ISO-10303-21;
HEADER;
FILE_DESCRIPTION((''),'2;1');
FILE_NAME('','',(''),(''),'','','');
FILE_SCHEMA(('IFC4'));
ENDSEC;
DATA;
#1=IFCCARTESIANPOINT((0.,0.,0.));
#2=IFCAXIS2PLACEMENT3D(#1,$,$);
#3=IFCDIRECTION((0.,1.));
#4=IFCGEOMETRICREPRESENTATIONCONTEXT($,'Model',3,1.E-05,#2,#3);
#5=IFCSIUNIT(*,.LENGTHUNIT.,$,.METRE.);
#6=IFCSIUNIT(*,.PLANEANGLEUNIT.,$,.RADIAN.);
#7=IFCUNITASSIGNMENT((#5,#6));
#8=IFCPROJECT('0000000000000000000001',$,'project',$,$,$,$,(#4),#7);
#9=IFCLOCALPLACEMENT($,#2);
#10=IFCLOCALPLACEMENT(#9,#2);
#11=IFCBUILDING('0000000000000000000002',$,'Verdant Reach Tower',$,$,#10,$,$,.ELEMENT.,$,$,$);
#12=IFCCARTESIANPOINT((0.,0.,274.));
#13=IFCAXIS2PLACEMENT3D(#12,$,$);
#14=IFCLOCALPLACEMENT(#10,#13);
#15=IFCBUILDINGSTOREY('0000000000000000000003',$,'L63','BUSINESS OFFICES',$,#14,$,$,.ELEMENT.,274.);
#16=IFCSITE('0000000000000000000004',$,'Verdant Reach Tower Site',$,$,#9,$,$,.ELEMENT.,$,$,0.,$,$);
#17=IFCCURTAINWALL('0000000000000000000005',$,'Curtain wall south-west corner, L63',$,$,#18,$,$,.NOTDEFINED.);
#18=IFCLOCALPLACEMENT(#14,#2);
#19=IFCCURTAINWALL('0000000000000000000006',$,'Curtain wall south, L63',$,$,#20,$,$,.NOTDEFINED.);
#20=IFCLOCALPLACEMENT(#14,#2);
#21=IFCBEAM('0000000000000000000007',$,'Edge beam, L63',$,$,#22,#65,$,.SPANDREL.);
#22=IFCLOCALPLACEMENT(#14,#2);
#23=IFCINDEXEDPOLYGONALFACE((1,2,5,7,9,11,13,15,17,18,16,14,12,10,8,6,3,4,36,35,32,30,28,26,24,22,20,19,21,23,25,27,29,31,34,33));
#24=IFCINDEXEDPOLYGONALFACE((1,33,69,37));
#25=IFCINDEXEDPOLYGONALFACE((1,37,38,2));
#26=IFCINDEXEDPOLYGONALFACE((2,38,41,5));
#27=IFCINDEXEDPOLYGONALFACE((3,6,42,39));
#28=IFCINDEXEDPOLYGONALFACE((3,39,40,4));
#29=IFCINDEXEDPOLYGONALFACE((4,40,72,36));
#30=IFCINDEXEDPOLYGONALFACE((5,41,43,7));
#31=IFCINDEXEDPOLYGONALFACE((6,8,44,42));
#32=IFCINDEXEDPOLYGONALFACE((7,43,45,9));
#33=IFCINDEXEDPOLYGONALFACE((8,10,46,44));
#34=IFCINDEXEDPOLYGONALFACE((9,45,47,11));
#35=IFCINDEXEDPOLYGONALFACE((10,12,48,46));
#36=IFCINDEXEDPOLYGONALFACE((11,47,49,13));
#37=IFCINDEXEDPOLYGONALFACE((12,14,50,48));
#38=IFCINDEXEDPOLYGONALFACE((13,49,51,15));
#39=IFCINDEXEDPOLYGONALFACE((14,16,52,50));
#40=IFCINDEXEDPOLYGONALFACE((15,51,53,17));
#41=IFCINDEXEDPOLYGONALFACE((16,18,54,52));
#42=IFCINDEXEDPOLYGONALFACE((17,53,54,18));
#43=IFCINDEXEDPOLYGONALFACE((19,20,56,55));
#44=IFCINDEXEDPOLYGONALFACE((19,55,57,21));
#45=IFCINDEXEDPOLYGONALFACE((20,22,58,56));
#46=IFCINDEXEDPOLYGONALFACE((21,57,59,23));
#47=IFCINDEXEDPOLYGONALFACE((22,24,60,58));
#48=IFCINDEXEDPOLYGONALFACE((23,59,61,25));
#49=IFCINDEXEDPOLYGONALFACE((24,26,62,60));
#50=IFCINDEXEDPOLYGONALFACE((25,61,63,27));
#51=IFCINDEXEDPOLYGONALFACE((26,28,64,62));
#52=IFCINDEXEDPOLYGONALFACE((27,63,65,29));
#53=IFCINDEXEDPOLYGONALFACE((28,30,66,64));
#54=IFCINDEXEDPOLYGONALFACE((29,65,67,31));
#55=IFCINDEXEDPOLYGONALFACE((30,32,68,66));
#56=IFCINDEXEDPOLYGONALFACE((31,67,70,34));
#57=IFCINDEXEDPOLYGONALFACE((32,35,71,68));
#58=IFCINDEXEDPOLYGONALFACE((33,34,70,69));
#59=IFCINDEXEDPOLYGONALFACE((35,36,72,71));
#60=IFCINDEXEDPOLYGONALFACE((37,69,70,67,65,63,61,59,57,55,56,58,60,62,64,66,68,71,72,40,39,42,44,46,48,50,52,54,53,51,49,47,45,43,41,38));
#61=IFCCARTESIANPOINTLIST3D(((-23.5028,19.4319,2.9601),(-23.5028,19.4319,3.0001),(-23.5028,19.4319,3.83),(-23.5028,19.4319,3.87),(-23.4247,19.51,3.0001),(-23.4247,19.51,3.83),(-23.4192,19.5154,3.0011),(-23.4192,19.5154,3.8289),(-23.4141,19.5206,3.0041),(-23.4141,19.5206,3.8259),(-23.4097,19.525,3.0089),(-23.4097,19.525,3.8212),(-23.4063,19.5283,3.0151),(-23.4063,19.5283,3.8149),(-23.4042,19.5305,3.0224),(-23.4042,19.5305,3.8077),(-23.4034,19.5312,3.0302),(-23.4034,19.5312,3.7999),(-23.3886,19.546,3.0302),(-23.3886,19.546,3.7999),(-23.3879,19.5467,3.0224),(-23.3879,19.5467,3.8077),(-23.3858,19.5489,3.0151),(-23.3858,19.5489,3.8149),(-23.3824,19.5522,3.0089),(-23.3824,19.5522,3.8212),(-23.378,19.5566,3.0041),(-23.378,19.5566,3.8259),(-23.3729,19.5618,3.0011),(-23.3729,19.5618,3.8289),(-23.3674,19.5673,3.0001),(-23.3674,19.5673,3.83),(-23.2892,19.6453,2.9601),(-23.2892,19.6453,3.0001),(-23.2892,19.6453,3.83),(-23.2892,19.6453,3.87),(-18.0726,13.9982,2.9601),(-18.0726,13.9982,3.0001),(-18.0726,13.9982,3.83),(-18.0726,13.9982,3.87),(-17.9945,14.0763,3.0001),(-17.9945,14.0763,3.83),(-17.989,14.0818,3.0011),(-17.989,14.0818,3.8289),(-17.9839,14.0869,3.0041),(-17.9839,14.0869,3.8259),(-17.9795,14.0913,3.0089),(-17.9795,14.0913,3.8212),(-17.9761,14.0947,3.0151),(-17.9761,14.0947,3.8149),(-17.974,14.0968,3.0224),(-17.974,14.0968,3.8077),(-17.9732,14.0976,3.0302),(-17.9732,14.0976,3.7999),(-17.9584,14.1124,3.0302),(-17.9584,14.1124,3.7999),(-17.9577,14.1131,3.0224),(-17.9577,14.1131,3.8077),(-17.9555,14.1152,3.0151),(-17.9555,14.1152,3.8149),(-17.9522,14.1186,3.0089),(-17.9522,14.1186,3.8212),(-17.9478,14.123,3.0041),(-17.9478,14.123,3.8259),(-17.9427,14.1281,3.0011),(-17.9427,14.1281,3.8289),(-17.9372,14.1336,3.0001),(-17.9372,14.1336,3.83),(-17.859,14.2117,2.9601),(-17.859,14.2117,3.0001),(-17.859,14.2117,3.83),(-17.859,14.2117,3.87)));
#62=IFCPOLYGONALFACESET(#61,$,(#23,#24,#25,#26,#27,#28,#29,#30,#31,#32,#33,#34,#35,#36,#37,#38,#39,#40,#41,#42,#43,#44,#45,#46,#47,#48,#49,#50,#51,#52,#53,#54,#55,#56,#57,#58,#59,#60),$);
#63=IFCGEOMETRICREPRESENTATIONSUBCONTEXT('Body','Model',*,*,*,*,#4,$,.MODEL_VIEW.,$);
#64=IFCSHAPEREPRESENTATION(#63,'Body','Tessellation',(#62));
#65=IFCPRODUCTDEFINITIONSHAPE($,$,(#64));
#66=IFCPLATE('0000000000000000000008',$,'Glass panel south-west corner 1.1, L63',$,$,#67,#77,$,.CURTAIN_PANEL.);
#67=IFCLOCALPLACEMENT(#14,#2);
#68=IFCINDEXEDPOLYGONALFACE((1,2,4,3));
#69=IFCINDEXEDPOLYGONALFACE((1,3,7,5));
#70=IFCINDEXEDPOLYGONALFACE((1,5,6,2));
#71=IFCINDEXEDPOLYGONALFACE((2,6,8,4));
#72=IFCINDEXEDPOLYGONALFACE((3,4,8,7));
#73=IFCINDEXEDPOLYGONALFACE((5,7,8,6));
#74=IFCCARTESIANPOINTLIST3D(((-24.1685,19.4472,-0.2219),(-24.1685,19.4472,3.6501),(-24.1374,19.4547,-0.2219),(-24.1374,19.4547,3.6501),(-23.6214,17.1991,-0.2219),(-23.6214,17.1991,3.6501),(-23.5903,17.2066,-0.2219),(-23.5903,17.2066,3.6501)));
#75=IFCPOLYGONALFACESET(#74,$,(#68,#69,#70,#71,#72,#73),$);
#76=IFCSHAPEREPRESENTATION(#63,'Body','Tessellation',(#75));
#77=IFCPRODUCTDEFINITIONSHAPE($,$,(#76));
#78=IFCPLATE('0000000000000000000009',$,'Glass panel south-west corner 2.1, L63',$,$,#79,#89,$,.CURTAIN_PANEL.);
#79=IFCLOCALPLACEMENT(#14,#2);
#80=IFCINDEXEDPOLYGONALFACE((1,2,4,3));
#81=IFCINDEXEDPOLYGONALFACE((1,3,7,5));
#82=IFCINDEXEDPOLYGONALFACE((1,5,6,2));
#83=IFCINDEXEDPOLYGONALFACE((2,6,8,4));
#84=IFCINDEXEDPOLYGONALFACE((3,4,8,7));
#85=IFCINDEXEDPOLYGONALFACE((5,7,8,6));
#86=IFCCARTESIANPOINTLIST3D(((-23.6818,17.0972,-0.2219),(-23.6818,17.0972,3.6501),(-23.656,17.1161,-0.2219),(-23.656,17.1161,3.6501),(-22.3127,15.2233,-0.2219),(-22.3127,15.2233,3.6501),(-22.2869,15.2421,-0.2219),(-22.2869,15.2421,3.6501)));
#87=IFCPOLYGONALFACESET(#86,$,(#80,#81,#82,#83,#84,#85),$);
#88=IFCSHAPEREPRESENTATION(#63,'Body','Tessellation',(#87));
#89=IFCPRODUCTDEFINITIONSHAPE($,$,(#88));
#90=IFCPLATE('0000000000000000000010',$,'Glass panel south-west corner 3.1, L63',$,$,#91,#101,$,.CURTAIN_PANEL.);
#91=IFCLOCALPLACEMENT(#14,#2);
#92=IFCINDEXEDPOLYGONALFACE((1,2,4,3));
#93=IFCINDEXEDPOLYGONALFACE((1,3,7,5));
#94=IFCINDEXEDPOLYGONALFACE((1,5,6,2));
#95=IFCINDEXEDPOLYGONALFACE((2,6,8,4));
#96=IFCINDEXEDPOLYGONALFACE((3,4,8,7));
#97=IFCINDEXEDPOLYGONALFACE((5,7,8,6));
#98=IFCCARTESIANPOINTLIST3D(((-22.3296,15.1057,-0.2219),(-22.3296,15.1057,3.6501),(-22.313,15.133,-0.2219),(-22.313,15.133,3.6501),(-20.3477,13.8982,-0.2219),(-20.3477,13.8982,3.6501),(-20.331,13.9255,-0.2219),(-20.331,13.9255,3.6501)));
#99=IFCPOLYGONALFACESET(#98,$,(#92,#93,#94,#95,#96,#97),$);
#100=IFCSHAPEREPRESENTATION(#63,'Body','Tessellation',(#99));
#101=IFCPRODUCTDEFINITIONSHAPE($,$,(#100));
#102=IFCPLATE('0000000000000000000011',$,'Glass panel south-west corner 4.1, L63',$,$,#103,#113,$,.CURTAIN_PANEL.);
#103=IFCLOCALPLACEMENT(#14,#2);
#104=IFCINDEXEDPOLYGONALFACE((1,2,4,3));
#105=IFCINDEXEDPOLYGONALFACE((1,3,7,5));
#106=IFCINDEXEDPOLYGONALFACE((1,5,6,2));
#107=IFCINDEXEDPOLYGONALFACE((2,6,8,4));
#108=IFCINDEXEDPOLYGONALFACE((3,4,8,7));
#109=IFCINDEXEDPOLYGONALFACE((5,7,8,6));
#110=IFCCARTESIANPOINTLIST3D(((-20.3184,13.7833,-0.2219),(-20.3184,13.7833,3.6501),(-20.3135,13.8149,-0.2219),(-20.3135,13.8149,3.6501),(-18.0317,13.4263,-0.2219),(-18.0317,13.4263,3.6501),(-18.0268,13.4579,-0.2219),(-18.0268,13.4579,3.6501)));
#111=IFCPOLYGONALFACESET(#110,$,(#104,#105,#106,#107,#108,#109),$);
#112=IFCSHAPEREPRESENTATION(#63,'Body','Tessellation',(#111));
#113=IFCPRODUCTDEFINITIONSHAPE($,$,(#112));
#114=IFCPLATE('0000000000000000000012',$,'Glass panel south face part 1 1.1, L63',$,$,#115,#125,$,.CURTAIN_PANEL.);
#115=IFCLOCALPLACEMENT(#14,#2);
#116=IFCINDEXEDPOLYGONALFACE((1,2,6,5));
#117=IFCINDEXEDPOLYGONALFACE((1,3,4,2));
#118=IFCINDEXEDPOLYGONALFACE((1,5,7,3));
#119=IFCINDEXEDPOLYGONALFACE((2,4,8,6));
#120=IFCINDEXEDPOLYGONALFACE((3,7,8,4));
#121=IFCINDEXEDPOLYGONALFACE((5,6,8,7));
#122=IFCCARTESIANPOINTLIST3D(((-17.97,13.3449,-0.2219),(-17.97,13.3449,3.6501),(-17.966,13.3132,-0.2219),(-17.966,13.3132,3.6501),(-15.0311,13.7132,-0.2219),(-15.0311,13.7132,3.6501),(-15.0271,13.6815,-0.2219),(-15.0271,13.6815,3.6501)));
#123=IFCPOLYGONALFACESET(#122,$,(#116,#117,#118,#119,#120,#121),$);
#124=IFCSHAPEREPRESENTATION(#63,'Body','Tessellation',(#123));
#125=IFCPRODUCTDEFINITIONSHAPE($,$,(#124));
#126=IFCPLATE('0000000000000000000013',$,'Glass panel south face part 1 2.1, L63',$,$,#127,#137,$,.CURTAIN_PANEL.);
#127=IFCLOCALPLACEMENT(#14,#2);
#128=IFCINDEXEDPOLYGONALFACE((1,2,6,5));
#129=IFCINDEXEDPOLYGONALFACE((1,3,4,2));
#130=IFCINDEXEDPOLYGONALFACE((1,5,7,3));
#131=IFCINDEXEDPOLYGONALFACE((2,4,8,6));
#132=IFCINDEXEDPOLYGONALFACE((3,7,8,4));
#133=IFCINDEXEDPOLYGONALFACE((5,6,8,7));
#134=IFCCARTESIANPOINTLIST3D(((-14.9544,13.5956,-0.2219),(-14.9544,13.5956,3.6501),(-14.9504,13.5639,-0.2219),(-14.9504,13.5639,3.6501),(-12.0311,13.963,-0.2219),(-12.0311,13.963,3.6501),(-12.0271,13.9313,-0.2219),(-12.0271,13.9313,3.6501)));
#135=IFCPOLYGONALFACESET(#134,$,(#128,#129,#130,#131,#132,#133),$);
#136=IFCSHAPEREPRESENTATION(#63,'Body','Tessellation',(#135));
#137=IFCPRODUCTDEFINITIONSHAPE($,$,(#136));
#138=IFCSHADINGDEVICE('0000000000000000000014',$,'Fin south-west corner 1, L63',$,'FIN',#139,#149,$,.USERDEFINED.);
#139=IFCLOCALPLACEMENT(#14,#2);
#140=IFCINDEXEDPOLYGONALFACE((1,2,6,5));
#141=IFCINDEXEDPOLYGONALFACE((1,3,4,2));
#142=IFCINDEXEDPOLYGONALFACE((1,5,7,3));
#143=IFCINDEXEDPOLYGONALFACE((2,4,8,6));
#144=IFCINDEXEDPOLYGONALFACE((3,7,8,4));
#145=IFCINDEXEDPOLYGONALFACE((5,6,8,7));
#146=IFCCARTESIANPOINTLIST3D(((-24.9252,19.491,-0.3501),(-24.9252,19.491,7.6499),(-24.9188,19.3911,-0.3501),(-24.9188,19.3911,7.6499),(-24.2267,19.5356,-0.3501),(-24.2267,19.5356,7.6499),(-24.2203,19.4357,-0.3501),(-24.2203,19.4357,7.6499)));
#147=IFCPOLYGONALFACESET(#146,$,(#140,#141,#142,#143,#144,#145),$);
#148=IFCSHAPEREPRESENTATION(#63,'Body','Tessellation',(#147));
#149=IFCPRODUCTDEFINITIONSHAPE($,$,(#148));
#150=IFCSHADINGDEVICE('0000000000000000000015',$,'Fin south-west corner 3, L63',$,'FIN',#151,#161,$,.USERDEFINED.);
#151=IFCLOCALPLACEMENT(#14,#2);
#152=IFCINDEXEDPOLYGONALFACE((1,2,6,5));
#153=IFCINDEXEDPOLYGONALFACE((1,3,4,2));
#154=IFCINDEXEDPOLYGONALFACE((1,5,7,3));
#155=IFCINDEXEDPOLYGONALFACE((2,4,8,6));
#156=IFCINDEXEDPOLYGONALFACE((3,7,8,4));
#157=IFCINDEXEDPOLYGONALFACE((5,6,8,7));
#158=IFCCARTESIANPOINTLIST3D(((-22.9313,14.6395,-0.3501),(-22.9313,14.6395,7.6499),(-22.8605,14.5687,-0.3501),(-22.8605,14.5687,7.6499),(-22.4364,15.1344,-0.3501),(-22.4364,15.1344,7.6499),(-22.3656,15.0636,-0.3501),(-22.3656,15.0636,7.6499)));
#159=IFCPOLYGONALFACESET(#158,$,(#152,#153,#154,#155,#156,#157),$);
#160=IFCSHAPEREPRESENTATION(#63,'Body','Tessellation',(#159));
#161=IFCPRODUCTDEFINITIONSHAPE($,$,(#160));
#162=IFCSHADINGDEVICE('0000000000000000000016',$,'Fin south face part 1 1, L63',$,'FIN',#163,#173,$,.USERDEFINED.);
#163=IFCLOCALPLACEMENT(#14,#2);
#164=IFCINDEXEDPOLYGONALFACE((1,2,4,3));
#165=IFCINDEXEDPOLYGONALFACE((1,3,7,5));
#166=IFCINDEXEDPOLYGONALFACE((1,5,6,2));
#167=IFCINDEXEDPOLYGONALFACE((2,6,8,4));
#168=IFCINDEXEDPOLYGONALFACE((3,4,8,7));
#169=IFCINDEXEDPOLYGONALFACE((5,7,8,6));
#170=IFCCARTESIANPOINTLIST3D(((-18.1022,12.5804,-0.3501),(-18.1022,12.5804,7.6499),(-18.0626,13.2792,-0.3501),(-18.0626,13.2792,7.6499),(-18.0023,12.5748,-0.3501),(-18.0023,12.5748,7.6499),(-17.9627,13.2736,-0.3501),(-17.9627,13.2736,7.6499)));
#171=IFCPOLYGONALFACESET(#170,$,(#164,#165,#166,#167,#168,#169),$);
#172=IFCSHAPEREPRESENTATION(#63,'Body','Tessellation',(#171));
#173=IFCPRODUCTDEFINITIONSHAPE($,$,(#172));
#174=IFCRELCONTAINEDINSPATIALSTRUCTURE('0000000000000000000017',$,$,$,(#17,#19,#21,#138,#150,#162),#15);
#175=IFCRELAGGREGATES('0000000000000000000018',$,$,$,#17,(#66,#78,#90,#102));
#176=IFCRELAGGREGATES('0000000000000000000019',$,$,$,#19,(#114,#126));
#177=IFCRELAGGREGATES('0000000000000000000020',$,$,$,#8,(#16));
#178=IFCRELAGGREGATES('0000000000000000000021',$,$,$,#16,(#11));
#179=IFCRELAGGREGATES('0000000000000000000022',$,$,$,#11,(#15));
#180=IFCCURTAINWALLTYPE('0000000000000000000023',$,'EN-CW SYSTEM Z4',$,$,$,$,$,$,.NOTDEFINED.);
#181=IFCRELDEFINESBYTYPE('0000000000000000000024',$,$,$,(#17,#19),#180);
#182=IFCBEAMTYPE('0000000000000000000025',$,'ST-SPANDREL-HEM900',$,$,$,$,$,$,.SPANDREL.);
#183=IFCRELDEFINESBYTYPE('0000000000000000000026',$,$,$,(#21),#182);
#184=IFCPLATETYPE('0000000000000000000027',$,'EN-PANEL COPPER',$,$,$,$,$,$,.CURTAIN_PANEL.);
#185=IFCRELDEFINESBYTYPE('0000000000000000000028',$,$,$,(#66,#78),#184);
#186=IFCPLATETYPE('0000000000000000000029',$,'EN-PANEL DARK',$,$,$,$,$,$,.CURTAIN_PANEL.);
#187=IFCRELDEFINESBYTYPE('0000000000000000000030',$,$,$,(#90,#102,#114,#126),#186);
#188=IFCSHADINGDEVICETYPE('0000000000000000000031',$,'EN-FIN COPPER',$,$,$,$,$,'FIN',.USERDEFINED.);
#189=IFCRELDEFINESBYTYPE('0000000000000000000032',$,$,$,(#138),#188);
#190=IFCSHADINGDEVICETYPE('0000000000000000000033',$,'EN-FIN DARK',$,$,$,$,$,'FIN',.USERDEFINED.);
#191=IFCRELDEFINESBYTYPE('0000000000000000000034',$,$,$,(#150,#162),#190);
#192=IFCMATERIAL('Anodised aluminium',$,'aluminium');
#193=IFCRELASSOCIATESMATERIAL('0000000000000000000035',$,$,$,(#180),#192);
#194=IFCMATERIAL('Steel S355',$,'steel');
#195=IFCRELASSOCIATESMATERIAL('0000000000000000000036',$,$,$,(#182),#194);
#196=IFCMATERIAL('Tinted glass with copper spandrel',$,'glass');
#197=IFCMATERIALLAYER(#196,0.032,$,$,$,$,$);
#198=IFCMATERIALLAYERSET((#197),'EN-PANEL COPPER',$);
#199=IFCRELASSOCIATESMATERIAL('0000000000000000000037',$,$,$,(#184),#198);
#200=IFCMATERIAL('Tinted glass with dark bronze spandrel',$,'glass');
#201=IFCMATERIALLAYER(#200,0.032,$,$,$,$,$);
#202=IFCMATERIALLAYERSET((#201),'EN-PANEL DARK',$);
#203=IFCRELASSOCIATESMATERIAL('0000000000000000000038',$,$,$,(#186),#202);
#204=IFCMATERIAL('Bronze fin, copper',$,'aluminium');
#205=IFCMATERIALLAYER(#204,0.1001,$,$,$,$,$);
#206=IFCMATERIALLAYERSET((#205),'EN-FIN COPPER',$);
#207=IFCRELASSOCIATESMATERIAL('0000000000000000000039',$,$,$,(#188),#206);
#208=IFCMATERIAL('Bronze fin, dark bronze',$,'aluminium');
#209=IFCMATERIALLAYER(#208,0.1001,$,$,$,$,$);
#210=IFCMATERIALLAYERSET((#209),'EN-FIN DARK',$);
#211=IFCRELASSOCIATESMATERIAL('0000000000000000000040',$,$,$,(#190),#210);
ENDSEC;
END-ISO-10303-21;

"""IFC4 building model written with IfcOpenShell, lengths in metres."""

from ifc_helpers import new_model, si_unit, direction, frame, origin, origin_2d, place, context, subcontext, project, spatial, rectangle, i_section, extrude, material, layer, layer_set, material_profile, profile_set, type_object, element, aggregate, save


model = new_model("IFC4")

# Units and contexts
model_context = context("Model", 3, precision=1e-05, world=origin(), true_north=direction((0.0, 1.0)))
body_context = subcontext(model_context, "Body", "Model", "MODEL_VIEW")
ifc_project = project(units=[si_unit("LENGTHUNIT", "METRE"), si_unit("PLANEANGLEUNIT", "RADIAN")], contexts=[model_context])

# Site, building, storey
site_placement = place(None, origin())
site = spatial("IfcSite", under=ifc_project, at=site_placement, Name="Verdant Reach Tower Site", CompositionType="ELEMENT", RefElevation=0.0)
building_placement = place(site_placement, origin())
building = spatial("IfcBuilding", under=site, at=building_placement, Name="Verdant Reach Tower", CompositionType="ELEMENT")
storey_placement = place(building_placement, frame((0.0, 0.0, 274.0)))
storey = spatial("IfcBuildingStorey", under=building, at=storey_placement, Name="L63", Description="BUSINESS OFFICES", CompositionType="ELEMENT", Elevation=274.0)

# Curtain walls
ifc_material_1 = material(Name="Anodised aluminium", Category="aluminium")
curtain_wall_type = type_object("IfcCurtainWallType", Name="EN-CW SYSTEM Z4", PredefinedType="NOTDEFINED", material=ifc_material_1)
curtain_wall_1_placement = place(storey_placement, origin())
curtain_wall_1 = element("IfcCurtainWall", 1, at=curtain_wall_1_placement, inside=storey, type_object=curtain_wall_type, Name="Curtain wall south-west corner, L63", PredefinedType="NOTDEFINED")
curtain_wall_2_placement = place(storey_placement, origin())
curtain_wall_2 = element("IfcCurtainWall", 2, at=curtain_wall_2_placement, inside=storey, type_object=curtain_wall_type, Name="Curtain wall south, L63", PredefinedType="NOTDEFINED")

# Beam
ifc_material_2 = material(Name="Steel S355", Category="steel")
ifc_material_profile_1 = material_profile(ifc_material_2, i_section(OverallWidth=0.302, OverallDepth=0.9099, WebThickness=0.021, FlangeThickness=0.04, FilletRadius=0.03, at=origin_2d()), Name="HEM 900")
ifc_profile_set_1 = profile_set([ifc_material_profile_1], Name="Steel S355")
beam_type_1 = type_object("IfcBeamType", Name="ST-SPANDREL-HEM900", PredefinedType="SPANDREL", material=ifc_profile_set_1)
beam_1_placement = place(storey_placement, frame((-17.9658, 14.105, 3.415), z_axis=(-0.706884, 0.707329, 0.0), x_axis=(-0.707329, -0.706884, 0.0)))
element("IfcBeam", 3, at=beam_1_placement, inside=storey, type_object=beam_type_1, Name="Edge beam, L63", PredefinedType="SPANDREL", context=body_context, shape_type="SweptSolid", body=[
    extrude(i_section(OverallWidth=0.302, OverallDepth=0.9099, WebThickness=0.021, FlangeThickness=0.04, FilletRadius=0.03, at=origin_2d()), origin(), (0.0, 0.0, 1.0), 7.6819),
])

# Plates
ifc_material_3 = material(Name="Tinted glass with copper spandrel", Category="glass")
ifc_layer_1 = layer(ifc_material_3, 0.032)
ifc_layer_set_1 = layer_set([ifc_layer_1], Name="EN-PANEL COPPER")
plate_type_1 = type_object("IfcPlateType", Name="EN-PANEL COPPER", PredefinedType="CURTAIN_PANEL", material=ifc_layer_set_1)
plate_1_placement = place(storey_placement, frame((-23.8794, 18.3269, -0.2219), z_axis=(0.0, 0.0, 1.0), x_axis=(0.236459, -0.971642, 0.0)))
plate_1 = element("IfcPlate", 4, at=plate_1_placement, type_object=plate_type_1, Name="Glass panel south-west corner 1.1, L63", PredefinedType="CURTAIN_PANEL", context=body_context, shape_type="SweptSolid", body=[
    extrude(rectangle(XDim=2.3137, YDim=0.032, at=origin_2d()), origin(), (0.0, 0.0, 1.0), 3.8721),
])
plate_2_placement = place(storey_placement, frame((-22.9844, 16.1697, -0.2219), z_axis=(0.0, 0.0, 1.0), x_axis=(0.589927, -0.807457, 0.0)))
plate_2 = element("IfcPlate", 5, at=plate_2_placement, type_object=plate_type_1, Name="Glass panel south-west corner 2.1, L63", PredefinedType="CURTAIN_PANEL", context=body_context, shape_type="SweptSolid", body=[
    extrude(rectangle(XDim=2.3208, YDim=0.032, at=origin_2d()), origin(), (0.0, 0.0, 1.0), 3.8721),
])
ifc_material_4 = material(Name="Tinted glass with dark bronze spandrel", Category="glass")
ifc_layer_2 = layer(ifc_material_4, 0.032)
ifc_layer_set_2 = layer_set([ifc_layer_2], Name="EN-PANEL DARK")
plate_type_2 = type_object("IfcPlateType", Name="EN-PANEL DARK", PredefinedType="CURTAIN_PANEL", material=ifc_layer_set_2)
plate_3_placement = place(storey_placement, frame((-21.3303, 14.5156, -0.2219), z_axis=(0.0, 0.0, 1.0), x_axis=(0.853989, -0.520292, 0.0)))
plate_3 = element("IfcPlate", 6, at=plate_3_placement, type_object=plate_type_2, Name="Glass panel south-west corner 3.1, L63", PredefinedType="CURTAIN_PANEL", context=body_context, shape_type="SweptSolid", body=[
    extrude(rectangle(XDim=2.3208, YDim=0.032, at=origin_2d()), origin(), (0.0, 0.0, 1.0), 3.8721),
])
plate_4_placement = place(storey_placement, frame((-19.1726, 13.6206, -0.2219), z_axis=(0.0, 0.0, 1.0), x_axis=(0.988027, -0.154279, 0.0)))
plate_4 = element("IfcPlate", 7, at=plate_4_placement, type_object=plate_type_2, Name="Glass panel south-west corner 4.1, L63", PredefinedType="CURTAIN_PANEL", context=body_context, shape_type="SweptSolid", body=[
    extrude(rectangle(XDim=2.3145, YDim=0.032, at=origin_2d()), origin(), (0.0, 0.0, 1.0), 3.8721),
])
aggregate(curtain_wall_1, [plate_1, plate_2, plate_3, plate_4])
plate_5_placement = place(storey_placement, frame((-16.4985, 13.5132, -0.2219), z_axis=(0.0, 0.0, 1.0), x_axis=(0.992239, 0.124346, 0.0)))
plate_5 = element("IfcPlate", 8, at=plate_5_placement, type_object=plate_type_2, Name="Glass panel south face part 1 1.1, L63", PredefinedType="CURTAIN_PANEL", context=body_context, shape_type="SweptSolid", body=[
    extrude(rectangle(XDim=2.9619, YDim=0.032, at=origin_2d()), origin(), (0.0, 0.0, 1.0), 3.8721),
])
plate_6_placement = place(storey_placement, frame((-13.4907, 13.7634, -0.2219), z_axis=(0.0, 0.0, 1.0), x_axis=(0.992194, 0.124704, 0.0)))
plate_6 = element("IfcPlate", 9, at=plate_6_placement, type_object=plate_type_2, Name="Glass panel south face part 1 2.1, L63", PredefinedType="CURTAIN_PANEL", context=body_context, shape_type="SweptSolid", body=[
    extrude(rectangle(XDim=2.9463, YDim=0.032, at=origin_2d()), origin(), (0.0, 0.0, 1.0), 3.8721),
])
aggregate(curtain_wall_2, [plate_5, plate_6])

# Shading devices
ifc_material_5 = material(Name="Bronze fin, copper", Category="aluminium")
ifc_layer_3 = layer(ifc_material_5, 0.1001)
ifc_layer_set_3 = layer_set([ifc_layer_3], Name="EN-FIN COPPER")
shading_device_type_1 = type_object("IfcShadingDeviceType", Name="EN-FIN COPPER", ElementType="FIN", PredefinedType="USERDEFINED", material=ifc_layer_set_3)
shading_device_placement = place(storey_placement, frame((-24.5728, 19.4634, -0.3501), z_axis=(0.0, 0.0, 1.0), x_axis=(0.063699, -0.997969, 0.0)))
element("IfcShadingDevice", 10, at=shading_device_placement, inside=storey, type_object=shading_device_type_1, Name="Fin south-west corner 1, L63", ObjectType="FIN", PredefinedType="USERDEFINED", context=body_context, shape_type="SweptSolid", body=[
    extrude(rectangle(XDim=0.1001, YDim=0.7, at=origin_2d()), origin(), (0.0, 0.0, 1.0), 8.0),
])
ifc_material_6 = material(Name="Bronze fin, dark bronze", Category="aluminium")
ifc_layer_4 = layer(ifc_material_6, 0.1001)
ifc_layer_set_4 = layer_set([ifc_layer_4], Name="EN-FIN DARK")
shading_device_type_2 = type_object("IfcShadingDeviceType", Name="EN-FIN DARK", ElementType="FIN", PredefinedType="USERDEFINED", material=ifc_layer_set_4)
for number, where, z_axis, x_axis, name in (
    (11, (-22.6484, 14.8516, -0.3501), (0.0, 0.0, 1.0), (0.707107, -0.707107, 0.0), "Fin south-west corner 3, L63"),
    (12, (-18.0325, 12.927, -0.3501), (0.0, 0.0, 1.0), (0.998399, -0.056569, 0.0), "Fin south face part 1 1, L63"),
):
    element("IfcShadingDevice", number, at=place(storey_placement, frame(where, z_axis=z_axis, x_axis=x_axis)), inside=storey, type_object=shading_device_type_2, Name=name, ObjectType="FIN", PredefinedType="USERDEFINED", context=body_context, shape_type="SweptSolid", body=[
        extrude(rectangle(XDim=0.1001, YDim=0.7, at=origin_2d()), origin(), (0.0, 0.0, 1.0), 8.0),
    ])

save(model, "model.ifc")
